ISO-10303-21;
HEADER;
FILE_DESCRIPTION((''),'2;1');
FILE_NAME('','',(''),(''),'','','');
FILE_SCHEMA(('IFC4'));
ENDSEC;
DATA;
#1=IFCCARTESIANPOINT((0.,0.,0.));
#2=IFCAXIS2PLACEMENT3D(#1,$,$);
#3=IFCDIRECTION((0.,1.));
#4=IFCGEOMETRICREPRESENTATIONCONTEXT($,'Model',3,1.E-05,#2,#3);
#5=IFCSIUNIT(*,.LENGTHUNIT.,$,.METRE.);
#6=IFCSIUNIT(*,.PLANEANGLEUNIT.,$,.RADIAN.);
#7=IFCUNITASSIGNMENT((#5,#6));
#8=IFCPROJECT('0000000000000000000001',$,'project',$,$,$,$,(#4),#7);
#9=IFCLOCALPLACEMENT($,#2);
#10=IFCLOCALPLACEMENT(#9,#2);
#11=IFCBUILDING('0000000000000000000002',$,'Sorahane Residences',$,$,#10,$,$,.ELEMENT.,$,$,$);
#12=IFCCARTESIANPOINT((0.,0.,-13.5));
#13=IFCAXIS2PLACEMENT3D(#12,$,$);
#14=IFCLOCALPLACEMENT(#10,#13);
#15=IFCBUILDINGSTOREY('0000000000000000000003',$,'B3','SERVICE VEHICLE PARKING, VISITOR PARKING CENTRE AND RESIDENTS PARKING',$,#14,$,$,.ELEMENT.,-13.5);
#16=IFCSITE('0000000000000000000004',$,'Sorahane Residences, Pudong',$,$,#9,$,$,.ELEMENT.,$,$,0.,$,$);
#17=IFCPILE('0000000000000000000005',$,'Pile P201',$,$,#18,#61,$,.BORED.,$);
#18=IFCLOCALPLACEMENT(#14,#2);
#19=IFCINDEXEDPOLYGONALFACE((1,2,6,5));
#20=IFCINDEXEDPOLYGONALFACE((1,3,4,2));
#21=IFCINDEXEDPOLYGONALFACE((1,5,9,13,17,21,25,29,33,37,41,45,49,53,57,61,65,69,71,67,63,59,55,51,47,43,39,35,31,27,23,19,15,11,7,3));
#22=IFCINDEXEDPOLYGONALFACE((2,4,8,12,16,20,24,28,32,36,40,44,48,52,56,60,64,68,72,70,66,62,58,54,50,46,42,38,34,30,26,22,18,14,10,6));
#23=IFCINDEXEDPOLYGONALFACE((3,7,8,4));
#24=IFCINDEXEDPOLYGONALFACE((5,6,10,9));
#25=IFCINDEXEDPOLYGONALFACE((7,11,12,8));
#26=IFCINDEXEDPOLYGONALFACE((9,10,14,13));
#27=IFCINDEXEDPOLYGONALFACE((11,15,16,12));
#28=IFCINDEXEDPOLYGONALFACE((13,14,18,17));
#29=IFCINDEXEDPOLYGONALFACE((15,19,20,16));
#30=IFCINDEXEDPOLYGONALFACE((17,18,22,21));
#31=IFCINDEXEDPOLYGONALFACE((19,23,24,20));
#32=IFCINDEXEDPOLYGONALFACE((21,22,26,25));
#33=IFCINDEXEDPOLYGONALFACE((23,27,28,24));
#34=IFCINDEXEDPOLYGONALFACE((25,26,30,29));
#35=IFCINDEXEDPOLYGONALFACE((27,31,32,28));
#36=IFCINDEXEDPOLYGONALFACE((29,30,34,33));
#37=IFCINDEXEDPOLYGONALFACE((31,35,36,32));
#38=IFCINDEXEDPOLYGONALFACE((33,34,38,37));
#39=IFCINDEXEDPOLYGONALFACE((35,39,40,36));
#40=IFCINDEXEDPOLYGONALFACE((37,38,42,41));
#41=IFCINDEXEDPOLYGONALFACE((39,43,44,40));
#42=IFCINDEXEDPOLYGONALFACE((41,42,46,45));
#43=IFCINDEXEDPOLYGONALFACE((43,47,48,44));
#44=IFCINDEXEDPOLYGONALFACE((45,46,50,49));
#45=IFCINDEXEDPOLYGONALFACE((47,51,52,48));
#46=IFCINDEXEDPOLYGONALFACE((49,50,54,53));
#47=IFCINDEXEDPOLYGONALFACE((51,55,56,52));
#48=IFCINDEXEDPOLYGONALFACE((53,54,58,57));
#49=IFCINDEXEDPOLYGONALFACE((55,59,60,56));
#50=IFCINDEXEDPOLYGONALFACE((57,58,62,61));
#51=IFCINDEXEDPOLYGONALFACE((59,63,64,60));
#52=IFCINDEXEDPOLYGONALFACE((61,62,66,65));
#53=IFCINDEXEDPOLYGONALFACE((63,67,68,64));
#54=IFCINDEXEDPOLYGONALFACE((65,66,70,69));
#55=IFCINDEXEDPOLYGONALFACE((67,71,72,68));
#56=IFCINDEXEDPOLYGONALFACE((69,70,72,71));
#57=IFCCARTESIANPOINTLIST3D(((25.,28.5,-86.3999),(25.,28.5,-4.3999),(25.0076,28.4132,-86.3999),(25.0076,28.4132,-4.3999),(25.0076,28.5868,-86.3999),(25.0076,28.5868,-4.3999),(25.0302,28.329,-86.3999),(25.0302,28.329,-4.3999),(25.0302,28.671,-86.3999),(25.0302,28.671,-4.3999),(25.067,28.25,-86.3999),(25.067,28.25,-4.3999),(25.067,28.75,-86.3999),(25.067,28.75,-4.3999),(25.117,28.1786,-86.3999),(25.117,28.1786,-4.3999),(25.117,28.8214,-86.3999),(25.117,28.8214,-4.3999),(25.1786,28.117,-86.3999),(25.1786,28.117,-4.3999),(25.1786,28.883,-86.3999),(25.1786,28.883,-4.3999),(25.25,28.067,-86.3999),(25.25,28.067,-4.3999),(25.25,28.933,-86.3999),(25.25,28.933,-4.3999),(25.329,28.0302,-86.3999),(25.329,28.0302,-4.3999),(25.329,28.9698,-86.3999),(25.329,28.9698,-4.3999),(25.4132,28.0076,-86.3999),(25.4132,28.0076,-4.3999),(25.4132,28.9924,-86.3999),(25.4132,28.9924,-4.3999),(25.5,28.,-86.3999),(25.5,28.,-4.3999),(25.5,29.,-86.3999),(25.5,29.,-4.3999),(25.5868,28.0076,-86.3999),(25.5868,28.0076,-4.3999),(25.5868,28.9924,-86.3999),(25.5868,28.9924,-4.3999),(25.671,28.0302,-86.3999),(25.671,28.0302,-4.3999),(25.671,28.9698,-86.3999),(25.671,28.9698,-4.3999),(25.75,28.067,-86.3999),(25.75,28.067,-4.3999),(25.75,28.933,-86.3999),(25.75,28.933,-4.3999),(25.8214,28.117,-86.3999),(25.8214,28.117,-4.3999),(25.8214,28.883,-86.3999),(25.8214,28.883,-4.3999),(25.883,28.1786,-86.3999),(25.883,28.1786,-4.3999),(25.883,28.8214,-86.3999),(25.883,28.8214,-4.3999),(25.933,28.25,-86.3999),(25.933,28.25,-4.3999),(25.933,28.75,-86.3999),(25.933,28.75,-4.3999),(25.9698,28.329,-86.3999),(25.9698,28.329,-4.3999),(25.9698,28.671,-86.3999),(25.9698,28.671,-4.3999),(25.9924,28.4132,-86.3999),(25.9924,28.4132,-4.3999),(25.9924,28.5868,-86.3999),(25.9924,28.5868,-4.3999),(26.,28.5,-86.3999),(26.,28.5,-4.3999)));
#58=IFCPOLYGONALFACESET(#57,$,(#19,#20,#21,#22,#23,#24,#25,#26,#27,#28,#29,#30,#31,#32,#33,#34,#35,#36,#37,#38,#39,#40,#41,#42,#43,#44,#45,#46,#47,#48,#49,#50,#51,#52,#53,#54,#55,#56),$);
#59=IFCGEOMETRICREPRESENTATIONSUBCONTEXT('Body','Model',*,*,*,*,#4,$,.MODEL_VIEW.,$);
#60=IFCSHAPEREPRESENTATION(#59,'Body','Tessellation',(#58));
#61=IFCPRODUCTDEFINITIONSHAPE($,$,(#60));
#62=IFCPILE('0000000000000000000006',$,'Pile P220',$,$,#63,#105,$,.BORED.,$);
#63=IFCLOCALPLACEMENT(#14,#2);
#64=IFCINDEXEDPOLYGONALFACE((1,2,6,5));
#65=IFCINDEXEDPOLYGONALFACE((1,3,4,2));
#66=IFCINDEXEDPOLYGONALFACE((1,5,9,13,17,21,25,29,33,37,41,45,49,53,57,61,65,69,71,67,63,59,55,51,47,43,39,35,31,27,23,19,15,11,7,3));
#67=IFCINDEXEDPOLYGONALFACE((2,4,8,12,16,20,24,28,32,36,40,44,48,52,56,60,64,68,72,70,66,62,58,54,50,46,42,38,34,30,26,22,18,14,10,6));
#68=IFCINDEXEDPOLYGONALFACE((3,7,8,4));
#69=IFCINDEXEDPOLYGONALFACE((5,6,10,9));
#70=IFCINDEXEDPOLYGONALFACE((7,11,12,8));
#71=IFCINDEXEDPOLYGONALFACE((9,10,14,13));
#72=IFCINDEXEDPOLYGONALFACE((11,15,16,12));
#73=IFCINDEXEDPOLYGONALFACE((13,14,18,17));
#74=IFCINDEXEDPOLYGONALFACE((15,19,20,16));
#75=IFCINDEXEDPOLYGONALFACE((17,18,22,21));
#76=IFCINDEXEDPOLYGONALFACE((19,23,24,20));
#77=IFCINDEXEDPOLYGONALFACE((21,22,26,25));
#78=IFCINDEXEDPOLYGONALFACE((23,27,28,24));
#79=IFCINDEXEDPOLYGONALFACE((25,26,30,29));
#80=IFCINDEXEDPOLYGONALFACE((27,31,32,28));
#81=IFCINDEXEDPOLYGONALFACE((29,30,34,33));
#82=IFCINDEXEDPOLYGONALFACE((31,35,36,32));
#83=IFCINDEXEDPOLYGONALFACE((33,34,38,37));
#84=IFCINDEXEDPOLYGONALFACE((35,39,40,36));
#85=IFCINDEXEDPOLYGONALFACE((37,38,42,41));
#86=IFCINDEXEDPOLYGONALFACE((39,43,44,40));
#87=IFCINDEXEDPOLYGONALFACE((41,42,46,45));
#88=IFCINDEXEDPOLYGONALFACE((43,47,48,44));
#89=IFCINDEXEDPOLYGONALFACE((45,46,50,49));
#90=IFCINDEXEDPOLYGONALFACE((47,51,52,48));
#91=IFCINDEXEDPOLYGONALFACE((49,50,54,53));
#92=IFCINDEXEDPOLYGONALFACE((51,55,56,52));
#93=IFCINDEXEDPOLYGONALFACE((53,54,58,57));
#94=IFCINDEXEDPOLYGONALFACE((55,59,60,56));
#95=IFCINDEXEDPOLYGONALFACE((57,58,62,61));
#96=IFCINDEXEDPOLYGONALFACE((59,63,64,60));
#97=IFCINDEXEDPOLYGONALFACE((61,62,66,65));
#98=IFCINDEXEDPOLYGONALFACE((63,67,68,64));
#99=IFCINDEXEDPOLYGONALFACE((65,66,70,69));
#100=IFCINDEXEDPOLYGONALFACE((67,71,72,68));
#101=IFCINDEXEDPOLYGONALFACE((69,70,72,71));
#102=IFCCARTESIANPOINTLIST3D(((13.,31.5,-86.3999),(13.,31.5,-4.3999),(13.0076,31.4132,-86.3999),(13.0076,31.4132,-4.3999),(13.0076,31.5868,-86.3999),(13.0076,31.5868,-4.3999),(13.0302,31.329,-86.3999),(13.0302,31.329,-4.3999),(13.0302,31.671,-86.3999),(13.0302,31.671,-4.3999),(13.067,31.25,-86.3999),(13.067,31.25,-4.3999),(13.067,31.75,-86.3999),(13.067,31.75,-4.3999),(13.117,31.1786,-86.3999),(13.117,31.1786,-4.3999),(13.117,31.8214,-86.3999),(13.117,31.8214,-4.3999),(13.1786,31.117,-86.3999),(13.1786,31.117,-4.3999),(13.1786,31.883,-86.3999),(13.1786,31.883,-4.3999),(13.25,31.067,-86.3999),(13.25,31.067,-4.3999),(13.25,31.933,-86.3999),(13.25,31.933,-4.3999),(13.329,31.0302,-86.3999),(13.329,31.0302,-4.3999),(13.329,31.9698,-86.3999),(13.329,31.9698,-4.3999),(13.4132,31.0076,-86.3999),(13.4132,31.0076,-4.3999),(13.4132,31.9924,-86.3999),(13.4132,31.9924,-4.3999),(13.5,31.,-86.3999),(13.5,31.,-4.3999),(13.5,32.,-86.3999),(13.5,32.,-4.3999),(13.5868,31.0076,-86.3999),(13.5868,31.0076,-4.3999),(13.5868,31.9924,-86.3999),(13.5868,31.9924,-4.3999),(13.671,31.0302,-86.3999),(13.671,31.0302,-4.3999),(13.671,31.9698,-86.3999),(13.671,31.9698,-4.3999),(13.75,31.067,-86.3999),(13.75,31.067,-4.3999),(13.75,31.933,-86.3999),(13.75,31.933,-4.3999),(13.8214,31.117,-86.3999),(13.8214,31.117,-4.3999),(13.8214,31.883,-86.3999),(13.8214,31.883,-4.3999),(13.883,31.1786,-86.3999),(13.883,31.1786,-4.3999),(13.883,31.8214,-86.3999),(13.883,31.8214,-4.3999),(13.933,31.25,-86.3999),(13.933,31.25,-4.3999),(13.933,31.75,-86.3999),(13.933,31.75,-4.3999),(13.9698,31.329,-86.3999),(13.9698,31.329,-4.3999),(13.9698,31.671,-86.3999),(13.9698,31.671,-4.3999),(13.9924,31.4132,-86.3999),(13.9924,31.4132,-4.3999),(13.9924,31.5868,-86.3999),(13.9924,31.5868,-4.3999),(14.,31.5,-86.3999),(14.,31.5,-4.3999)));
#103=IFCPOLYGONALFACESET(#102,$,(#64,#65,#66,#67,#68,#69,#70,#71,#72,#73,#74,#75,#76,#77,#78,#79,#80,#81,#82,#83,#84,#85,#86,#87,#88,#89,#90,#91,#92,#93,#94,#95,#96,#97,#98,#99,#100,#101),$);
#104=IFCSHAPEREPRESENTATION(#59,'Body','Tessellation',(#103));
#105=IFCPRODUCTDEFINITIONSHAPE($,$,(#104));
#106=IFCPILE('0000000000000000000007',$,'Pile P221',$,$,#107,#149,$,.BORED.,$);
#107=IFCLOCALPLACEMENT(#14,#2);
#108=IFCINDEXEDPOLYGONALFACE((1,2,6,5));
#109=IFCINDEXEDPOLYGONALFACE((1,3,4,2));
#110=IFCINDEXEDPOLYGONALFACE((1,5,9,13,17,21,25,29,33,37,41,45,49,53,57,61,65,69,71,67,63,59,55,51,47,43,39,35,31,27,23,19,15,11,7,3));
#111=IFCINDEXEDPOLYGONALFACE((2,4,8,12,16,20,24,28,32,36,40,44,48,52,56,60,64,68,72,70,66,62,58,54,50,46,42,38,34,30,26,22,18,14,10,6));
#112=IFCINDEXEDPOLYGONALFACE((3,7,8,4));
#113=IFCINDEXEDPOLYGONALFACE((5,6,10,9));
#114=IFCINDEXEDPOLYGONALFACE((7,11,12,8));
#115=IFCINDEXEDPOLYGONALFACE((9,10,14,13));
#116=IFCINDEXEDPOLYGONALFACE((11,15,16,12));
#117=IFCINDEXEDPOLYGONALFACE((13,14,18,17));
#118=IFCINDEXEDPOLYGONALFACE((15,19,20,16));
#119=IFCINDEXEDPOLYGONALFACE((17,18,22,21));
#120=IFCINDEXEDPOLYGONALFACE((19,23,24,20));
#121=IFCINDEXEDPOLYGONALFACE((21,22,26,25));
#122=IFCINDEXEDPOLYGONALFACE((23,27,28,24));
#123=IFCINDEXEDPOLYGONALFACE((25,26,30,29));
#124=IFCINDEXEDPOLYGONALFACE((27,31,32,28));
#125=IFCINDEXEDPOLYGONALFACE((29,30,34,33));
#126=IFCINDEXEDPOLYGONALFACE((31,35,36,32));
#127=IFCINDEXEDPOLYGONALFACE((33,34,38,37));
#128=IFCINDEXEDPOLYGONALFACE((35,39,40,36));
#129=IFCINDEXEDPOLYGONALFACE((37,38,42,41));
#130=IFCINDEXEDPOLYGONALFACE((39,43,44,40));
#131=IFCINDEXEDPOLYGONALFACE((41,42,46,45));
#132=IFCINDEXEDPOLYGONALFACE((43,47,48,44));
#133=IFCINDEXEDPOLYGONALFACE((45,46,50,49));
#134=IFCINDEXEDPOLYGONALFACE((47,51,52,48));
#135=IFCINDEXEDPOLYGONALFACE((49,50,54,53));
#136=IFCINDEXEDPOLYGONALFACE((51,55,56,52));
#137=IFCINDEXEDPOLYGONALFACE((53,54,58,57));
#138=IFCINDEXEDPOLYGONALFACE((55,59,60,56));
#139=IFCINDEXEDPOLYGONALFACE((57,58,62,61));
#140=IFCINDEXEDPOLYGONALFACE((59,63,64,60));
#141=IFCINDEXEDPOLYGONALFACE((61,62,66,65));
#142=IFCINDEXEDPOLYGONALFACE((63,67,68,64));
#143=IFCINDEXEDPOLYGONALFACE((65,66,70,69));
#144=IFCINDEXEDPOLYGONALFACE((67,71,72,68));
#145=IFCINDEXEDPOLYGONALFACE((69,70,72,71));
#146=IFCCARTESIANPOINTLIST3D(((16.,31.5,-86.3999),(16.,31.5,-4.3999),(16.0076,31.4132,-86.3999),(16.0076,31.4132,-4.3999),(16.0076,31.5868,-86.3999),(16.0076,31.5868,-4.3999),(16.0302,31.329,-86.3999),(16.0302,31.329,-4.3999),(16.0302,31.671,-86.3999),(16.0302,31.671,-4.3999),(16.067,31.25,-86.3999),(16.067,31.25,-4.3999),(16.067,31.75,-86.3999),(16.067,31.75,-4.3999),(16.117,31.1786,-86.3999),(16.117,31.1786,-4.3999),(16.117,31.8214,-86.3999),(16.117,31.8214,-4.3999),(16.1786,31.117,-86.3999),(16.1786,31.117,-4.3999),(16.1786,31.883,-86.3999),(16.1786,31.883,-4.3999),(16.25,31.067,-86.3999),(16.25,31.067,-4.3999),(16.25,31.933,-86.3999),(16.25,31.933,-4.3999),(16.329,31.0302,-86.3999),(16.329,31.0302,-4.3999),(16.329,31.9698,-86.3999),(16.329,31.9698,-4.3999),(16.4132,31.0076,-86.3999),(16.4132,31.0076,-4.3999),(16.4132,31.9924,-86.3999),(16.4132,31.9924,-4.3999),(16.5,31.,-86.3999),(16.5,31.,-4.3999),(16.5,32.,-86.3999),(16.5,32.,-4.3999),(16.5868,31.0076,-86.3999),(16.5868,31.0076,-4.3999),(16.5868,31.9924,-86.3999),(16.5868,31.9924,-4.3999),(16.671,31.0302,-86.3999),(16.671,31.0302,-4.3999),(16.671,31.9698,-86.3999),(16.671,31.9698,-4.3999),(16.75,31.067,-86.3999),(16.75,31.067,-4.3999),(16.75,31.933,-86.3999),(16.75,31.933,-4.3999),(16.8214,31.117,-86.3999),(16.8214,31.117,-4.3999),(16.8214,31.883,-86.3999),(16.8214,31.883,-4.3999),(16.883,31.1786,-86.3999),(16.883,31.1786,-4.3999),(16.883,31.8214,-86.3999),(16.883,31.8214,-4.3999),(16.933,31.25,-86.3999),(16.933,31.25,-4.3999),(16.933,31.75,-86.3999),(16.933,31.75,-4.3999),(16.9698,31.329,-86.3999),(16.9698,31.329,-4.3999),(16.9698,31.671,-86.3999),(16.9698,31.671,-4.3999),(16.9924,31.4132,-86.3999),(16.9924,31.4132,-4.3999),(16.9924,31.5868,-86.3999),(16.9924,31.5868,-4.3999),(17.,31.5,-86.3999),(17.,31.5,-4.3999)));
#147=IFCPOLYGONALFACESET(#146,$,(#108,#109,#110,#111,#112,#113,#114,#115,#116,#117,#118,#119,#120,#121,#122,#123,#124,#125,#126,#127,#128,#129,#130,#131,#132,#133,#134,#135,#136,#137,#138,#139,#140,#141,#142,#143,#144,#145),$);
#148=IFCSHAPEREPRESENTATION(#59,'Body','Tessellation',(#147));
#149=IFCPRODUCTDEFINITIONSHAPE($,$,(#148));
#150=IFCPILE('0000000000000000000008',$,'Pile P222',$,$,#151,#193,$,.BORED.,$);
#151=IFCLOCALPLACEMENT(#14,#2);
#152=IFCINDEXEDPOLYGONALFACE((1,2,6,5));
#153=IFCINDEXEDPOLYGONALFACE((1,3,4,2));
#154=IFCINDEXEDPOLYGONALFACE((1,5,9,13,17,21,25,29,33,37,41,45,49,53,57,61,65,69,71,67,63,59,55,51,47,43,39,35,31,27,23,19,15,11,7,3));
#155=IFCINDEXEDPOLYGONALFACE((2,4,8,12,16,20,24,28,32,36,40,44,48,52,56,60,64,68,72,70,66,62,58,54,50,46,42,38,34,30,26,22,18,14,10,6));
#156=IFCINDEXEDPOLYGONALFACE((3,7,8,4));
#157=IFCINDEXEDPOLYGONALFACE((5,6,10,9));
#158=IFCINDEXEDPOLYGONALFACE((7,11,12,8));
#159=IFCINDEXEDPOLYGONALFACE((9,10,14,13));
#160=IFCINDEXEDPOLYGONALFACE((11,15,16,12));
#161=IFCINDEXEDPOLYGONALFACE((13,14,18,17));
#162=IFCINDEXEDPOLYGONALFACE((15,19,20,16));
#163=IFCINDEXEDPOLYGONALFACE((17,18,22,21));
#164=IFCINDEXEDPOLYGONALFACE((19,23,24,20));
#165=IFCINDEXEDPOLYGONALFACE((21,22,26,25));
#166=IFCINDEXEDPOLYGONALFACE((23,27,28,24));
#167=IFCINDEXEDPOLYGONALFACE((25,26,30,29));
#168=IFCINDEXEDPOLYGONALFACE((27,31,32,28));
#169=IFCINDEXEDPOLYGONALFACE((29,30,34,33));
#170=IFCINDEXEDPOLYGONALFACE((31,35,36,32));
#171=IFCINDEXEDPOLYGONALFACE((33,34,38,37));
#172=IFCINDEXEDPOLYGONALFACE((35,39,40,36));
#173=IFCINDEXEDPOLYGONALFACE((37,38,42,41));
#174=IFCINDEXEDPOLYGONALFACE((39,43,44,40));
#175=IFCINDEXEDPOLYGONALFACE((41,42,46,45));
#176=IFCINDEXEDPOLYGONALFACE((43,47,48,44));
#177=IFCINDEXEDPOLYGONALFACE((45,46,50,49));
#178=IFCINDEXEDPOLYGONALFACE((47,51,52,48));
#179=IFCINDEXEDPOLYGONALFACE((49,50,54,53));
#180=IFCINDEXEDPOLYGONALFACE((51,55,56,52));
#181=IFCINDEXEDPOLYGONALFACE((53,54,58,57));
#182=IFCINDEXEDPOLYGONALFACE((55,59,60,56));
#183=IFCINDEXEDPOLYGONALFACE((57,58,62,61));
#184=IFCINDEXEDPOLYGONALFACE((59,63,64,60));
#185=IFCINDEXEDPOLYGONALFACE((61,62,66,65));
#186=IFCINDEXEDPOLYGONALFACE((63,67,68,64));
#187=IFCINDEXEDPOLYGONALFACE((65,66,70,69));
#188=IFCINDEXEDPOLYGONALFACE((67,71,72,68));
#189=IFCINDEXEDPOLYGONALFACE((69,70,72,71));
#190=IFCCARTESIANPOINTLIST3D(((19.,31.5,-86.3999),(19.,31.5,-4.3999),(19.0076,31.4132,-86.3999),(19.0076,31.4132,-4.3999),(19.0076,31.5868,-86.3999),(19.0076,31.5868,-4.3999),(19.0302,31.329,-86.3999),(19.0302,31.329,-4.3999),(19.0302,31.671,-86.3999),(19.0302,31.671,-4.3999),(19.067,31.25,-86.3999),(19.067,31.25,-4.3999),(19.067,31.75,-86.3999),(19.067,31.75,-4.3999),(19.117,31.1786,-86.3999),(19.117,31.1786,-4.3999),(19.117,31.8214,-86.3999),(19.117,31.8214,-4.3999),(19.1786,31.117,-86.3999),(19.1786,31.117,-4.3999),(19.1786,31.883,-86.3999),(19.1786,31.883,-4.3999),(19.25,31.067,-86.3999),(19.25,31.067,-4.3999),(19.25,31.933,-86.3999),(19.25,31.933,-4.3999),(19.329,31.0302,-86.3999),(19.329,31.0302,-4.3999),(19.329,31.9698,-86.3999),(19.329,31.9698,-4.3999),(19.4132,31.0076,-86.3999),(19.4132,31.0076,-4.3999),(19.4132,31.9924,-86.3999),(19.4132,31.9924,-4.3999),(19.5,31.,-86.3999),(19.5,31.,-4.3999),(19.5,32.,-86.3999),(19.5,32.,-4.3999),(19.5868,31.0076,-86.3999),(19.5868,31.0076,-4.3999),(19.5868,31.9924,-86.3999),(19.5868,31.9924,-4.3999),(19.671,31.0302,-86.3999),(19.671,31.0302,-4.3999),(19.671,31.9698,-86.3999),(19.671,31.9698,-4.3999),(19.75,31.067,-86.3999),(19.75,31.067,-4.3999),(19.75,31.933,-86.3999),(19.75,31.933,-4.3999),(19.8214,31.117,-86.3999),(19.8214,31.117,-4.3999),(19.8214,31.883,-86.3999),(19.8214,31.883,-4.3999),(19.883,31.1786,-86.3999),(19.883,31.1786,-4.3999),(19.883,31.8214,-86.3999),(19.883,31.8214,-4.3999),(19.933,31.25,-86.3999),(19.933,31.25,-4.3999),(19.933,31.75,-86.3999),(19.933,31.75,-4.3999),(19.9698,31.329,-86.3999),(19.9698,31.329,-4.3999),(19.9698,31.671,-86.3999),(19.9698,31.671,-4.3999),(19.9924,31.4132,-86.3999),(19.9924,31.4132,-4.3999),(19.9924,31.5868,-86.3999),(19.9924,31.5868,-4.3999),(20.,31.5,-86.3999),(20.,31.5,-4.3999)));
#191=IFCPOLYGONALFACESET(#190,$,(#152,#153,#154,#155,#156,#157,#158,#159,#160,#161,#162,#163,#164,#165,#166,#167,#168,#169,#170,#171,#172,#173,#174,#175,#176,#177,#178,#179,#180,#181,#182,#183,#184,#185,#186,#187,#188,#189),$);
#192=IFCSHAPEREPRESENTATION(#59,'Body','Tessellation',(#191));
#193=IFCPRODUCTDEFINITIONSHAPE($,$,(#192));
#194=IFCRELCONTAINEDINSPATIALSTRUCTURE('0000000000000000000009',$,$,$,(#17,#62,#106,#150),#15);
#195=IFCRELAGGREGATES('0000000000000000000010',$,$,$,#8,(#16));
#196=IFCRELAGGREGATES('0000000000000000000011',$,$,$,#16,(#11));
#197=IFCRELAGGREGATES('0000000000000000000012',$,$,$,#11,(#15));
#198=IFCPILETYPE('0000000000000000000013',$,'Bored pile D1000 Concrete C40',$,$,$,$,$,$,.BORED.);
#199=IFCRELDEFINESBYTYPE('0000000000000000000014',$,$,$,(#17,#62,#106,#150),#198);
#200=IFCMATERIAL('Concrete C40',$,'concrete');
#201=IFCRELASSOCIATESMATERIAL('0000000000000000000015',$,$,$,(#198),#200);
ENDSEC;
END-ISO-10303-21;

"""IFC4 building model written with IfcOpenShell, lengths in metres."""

from ifc_helpers import new_model, si_unit, direction, frame, origin, origin_2d, place, context, subcontext, project, spatial, circle, extrude, material, material_profile, profile_set, type_object, element, save


model = new_model("IFC4")

# Units and contexts
model_context = context("Model", 3, precision=1e-05, world=origin(), true_north=direction((0.0, 1.0)))
body_context = subcontext(model_context, "Body", "Model", "MODEL_VIEW")
ifc_project = project(units=[si_unit("LENGTHUNIT", "METRE"), si_unit("PLANEANGLEUNIT", "RADIAN")], contexts=[model_context])

# Site, building, storey
site_placement = place(None, origin())
site = spatial("IfcSite", under=ifc_project, at=site_placement, Name="Sorahane Residences, Pudong", CompositionType="ELEMENT", RefElevation=0.0)
building_placement = place(site_placement, origin())
building = spatial("IfcBuilding", under=site, at=building_placement, Name="Sorahane Residences", CompositionType="ELEMENT")
storey_placement = place(building_placement, frame((0.0, 0.0, -13.5)))
storey = spatial("IfcBuildingStorey", under=building, at=storey_placement, Name="B3", Description="SERVICE VEHICLE PARKING, VISITOR PARKING CENTRE AND RESIDENTS PARKING", CompositionType="ELEMENT", Elevation=-13.5)

# Piles
ifc_material_1 = material(Name="Concrete C40", Category="concrete")
ifc_material_profile_1 = material_profile(ifc_material_1, circle(Radius=0.5, at=origin_2d()), Name="D1000")
ifc_profile_set_1 = profile_set([ifc_material_profile_1], Name="Concrete C40")
pile_type = type_object("IfcPileType", Name="Bored pile D1000 Concrete C40", PredefinedType="BORED", material=ifc_profile_set_1)
for number, where, z_axis, x_axis, name in (
    (1, (25.5, 28.5, -4.3999), (0.0, 0.0, -1.0), (1.0, 0.0, 0.0), "Pile P201"),
    (2, (13.5, 31.5, -4.3999), (0.0, 0.0, -1.0), (1.0, 0.0, 0.0), "Pile P220"),
    (3, (16.5, 31.5, -4.3999), (0.0, 0.0, -1.0), (1.0, 0.0, 0.0), "Pile P221"),
    (4, (19.5, 31.5, -4.3999), (0.0, 0.0, -1.0), (1.0, 0.0, 0.0), "Pile P222"),
):
    element("IfcPile", number, at=place(storey_placement, frame(where, z_axis=z_axis, x_axis=x_axis)), inside=storey, type_object=pile_type, Name=name, PredefinedType="BORED", context=body_context, shape_type="SweptSolid", body=[
        extrude(circle(Radius=0.5, at=origin_2d()), origin(), (0.0, 0.0, 1.0), 82.0),
    ])

save(model, "model.ifc")
